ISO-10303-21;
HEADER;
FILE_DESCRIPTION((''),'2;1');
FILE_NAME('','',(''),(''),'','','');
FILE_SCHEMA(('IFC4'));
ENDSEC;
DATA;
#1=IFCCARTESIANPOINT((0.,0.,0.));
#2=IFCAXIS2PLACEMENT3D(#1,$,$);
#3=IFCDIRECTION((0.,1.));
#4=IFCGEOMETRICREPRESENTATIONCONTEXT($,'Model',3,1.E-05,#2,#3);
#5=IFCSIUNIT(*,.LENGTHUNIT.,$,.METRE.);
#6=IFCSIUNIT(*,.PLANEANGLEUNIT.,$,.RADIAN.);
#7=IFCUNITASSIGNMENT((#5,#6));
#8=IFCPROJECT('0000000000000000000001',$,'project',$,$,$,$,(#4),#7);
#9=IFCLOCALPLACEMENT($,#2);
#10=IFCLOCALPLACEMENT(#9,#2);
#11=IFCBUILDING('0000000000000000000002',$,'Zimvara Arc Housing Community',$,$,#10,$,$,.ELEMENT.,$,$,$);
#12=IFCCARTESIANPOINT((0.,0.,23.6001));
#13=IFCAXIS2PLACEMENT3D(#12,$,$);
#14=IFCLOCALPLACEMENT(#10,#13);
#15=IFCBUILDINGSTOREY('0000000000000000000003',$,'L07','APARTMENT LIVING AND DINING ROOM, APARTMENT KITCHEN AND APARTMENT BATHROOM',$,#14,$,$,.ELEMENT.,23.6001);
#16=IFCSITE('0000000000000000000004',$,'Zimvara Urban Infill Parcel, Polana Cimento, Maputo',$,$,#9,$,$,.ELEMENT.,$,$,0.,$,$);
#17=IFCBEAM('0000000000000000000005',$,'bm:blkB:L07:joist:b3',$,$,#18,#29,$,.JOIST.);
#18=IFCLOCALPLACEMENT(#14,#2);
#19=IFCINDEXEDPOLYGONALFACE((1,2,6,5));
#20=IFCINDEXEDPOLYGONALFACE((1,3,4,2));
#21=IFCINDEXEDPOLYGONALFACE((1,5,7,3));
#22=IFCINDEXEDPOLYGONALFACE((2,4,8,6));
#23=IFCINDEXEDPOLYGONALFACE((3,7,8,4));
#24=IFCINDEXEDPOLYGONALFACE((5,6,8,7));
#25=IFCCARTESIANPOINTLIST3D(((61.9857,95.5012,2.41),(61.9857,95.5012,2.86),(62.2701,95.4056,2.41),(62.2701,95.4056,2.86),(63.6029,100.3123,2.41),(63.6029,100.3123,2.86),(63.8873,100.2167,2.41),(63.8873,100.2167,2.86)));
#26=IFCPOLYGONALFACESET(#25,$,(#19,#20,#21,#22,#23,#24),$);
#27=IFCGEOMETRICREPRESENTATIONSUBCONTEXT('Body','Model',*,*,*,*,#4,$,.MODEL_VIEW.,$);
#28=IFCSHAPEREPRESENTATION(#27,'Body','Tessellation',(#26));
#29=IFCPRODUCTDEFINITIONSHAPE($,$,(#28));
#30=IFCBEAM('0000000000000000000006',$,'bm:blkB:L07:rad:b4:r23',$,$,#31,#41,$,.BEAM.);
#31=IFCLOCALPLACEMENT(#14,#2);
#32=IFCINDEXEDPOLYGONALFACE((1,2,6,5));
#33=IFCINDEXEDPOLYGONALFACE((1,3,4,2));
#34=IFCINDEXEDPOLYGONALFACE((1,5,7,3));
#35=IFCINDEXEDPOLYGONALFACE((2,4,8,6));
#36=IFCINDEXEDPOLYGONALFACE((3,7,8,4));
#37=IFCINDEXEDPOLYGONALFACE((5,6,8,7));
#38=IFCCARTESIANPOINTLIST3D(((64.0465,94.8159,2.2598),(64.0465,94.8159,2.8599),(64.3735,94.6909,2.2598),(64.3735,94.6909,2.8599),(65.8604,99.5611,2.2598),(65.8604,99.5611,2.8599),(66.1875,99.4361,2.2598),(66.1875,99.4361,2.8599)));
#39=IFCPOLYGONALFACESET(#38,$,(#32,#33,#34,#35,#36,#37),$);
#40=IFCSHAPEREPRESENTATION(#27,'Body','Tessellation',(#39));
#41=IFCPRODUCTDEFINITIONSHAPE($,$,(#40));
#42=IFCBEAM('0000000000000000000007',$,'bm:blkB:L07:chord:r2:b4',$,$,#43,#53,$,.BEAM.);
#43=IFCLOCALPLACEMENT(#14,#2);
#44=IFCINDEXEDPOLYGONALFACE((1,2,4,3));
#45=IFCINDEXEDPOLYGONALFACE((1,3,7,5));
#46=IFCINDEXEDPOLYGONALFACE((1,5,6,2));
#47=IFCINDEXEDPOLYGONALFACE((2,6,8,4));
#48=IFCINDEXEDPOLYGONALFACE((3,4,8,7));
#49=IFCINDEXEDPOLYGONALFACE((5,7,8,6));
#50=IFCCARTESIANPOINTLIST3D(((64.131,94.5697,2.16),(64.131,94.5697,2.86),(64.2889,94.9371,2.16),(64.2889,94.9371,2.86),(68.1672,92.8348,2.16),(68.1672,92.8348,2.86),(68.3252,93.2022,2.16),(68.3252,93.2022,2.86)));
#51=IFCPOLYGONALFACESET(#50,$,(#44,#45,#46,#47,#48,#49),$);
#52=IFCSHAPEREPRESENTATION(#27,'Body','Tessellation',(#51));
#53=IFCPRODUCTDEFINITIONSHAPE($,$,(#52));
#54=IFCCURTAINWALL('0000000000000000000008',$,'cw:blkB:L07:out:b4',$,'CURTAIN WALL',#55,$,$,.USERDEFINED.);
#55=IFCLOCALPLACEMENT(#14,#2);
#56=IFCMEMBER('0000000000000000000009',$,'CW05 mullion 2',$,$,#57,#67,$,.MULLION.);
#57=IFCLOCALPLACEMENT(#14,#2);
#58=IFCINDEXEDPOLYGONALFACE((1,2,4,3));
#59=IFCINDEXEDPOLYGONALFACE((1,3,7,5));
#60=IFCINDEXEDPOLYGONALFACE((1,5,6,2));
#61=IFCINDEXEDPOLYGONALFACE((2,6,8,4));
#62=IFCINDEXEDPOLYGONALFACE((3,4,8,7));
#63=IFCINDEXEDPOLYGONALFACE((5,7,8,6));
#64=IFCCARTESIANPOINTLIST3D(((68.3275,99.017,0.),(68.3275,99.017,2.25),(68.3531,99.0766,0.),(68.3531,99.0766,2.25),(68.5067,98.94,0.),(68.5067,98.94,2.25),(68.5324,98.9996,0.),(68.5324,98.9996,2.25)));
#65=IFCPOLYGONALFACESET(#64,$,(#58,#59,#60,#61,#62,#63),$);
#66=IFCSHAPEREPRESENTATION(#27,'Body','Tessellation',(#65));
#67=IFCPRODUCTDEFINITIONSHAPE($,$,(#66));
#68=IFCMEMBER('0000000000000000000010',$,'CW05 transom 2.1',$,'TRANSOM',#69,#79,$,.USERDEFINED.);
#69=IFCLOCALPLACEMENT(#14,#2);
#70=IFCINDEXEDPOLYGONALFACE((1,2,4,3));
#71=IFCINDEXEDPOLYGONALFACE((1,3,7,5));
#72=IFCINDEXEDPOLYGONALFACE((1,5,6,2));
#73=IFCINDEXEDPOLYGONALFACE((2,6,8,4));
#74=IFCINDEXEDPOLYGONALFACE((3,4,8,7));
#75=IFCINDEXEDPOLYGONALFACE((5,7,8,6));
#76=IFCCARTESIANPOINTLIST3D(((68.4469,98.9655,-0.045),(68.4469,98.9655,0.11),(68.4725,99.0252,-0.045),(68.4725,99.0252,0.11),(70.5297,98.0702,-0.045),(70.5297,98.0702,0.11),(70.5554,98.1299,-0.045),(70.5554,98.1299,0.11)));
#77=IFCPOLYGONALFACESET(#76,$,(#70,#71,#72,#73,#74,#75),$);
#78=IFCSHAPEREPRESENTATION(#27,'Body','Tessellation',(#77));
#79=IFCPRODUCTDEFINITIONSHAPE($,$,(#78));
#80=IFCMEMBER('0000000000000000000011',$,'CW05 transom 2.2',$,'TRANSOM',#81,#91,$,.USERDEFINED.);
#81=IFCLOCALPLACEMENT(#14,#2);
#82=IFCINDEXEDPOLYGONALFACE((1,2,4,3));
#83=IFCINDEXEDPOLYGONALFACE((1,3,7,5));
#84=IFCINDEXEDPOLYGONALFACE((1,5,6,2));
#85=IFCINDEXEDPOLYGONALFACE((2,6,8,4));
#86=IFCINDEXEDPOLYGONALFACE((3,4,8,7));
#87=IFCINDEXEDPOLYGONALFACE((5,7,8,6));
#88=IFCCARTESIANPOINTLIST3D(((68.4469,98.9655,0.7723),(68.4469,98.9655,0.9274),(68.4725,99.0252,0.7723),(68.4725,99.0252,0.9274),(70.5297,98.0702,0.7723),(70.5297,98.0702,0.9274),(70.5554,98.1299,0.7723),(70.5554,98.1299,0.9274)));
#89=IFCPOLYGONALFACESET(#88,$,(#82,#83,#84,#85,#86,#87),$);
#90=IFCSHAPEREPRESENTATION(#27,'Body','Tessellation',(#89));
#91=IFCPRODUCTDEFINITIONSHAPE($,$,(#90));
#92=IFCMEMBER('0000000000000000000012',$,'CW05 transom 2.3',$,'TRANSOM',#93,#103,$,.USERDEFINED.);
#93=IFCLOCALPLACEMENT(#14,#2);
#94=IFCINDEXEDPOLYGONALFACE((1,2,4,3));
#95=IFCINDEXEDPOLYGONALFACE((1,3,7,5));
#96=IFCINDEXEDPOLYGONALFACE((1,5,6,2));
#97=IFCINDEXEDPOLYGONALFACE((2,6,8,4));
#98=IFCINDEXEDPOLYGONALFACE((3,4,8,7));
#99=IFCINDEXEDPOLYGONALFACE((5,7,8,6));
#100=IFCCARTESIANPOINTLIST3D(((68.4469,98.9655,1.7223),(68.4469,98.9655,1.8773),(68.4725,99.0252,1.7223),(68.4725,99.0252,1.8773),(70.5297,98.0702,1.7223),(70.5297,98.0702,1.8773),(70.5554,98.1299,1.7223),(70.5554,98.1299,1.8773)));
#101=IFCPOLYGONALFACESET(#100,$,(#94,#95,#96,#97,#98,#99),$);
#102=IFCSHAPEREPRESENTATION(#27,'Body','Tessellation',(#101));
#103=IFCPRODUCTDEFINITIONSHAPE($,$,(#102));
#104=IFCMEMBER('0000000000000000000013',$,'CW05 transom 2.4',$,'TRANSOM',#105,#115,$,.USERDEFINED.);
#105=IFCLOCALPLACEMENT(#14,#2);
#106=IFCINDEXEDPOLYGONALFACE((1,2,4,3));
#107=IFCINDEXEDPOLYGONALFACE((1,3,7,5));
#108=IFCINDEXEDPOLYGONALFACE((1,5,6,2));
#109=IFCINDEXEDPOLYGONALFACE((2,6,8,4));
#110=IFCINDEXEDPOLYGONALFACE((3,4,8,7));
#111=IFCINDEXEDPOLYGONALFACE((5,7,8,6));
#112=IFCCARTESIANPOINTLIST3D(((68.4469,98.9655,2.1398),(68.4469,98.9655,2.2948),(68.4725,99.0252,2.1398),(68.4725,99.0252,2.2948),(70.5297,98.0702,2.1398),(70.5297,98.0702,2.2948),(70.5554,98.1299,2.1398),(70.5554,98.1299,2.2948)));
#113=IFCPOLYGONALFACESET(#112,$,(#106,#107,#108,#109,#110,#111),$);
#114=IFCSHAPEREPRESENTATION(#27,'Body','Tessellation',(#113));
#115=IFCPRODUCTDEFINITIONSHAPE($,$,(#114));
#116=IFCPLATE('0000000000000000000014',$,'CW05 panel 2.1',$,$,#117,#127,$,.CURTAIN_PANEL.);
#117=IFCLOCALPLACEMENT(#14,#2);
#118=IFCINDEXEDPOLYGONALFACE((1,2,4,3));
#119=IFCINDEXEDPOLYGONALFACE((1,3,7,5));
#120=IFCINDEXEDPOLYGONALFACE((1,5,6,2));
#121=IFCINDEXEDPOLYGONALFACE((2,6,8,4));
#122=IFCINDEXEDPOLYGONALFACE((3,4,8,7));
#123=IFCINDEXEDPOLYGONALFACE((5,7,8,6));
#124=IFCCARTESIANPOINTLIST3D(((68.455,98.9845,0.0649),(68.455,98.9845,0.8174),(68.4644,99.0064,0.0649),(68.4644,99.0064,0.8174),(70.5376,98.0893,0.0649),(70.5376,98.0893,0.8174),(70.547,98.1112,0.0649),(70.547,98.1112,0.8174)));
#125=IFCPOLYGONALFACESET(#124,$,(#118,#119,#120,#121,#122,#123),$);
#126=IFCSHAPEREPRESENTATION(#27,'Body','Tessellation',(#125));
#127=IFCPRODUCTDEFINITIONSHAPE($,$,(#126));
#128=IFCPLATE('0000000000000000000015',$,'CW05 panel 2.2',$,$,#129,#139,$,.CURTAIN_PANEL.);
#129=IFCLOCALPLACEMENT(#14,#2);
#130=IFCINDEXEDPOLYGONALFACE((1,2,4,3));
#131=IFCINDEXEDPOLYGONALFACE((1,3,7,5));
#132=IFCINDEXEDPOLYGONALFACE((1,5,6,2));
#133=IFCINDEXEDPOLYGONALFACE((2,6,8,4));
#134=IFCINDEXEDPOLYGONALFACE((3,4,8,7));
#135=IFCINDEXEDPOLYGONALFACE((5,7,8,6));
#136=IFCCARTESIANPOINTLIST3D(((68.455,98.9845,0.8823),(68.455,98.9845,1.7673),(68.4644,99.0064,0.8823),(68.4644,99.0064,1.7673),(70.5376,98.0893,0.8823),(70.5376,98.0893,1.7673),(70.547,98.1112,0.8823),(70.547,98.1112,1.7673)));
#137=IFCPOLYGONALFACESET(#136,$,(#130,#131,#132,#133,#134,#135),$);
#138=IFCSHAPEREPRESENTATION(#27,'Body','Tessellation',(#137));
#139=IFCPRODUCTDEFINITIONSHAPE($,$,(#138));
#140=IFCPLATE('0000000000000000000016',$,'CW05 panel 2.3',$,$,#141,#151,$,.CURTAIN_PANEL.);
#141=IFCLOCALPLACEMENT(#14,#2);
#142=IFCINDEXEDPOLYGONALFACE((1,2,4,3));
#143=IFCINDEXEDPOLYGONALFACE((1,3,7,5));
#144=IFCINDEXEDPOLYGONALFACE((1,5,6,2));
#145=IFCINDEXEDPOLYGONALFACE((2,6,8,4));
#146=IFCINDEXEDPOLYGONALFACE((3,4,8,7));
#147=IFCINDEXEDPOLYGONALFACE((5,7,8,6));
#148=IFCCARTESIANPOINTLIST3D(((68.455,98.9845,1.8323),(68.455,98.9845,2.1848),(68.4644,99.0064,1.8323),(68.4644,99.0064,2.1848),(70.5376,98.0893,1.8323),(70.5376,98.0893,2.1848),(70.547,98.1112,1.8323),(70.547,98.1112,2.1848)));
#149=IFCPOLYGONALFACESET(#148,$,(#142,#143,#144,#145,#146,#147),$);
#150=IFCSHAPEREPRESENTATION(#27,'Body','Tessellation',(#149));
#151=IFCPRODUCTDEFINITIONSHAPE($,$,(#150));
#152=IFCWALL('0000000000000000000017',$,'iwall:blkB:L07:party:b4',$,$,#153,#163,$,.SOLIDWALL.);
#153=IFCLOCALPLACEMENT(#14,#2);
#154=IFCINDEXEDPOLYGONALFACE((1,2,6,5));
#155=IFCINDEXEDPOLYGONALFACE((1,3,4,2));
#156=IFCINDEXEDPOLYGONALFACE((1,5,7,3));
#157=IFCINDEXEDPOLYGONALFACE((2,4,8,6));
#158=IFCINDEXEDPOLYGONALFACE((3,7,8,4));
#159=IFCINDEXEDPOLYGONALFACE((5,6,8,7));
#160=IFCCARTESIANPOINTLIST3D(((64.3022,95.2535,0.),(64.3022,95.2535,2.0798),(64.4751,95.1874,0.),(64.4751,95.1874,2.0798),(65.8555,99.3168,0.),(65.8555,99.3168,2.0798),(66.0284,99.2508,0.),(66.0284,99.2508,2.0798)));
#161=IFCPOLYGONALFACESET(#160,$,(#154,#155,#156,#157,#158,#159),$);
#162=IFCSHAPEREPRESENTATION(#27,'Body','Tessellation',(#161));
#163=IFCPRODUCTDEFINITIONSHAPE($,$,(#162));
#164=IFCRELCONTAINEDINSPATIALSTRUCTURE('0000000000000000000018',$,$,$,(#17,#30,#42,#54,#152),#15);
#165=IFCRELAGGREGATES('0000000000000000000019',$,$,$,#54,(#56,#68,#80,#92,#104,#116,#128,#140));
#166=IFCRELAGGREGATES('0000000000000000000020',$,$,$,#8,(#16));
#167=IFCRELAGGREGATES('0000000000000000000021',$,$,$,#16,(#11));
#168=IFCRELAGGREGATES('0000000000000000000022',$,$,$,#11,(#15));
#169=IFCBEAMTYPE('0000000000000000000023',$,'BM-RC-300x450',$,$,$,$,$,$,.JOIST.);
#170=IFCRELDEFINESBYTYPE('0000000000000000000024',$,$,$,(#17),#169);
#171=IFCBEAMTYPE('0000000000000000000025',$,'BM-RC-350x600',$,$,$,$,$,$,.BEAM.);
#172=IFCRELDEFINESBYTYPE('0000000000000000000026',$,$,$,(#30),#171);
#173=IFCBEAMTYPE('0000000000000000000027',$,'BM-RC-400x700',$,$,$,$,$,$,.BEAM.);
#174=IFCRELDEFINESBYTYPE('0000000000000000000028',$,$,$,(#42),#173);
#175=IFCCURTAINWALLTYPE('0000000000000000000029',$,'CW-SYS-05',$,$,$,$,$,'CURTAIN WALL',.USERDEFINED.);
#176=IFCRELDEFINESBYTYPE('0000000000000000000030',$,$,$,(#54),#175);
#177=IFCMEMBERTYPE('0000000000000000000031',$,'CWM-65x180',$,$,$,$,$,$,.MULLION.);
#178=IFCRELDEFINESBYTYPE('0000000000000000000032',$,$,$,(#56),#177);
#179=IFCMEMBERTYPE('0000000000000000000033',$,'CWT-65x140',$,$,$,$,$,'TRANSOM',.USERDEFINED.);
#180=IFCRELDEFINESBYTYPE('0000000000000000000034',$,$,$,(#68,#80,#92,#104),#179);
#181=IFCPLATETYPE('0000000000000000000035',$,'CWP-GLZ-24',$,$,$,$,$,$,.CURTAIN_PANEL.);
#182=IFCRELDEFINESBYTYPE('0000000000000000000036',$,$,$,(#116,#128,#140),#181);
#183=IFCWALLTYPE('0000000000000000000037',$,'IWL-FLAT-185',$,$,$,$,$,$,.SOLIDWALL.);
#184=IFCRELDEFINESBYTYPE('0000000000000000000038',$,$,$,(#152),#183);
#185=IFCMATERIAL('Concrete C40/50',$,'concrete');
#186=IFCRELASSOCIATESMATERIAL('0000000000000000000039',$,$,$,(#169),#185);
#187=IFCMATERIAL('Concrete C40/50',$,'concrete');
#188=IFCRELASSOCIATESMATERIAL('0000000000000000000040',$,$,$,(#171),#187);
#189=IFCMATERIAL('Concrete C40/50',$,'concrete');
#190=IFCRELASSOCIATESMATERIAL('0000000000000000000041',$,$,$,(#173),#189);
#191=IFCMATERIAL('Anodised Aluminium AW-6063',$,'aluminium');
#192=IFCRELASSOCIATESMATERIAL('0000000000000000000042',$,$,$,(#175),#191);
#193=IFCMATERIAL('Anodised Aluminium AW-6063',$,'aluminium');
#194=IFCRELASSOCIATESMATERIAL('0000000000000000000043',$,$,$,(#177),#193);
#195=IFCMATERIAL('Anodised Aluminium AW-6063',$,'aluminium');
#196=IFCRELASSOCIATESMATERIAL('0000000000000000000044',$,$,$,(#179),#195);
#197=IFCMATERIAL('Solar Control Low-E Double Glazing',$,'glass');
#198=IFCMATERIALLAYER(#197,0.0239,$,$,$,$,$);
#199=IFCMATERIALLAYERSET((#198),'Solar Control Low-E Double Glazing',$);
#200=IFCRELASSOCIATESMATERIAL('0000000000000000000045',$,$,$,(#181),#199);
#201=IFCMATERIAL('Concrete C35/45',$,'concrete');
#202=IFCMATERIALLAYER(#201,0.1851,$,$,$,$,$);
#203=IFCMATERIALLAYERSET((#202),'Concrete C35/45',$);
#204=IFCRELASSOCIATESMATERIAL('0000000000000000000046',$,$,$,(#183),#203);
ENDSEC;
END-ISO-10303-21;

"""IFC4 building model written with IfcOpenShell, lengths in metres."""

from ifc_helpers import new_model, si_unit, direction, frame, frame_2d, origin, origin_2d, place, context, subcontext, project, spatial, rectangle, extrude, material, layer, layer_set, material_profile, profile_set, type_object, element, aggregate, save


model = new_model("IFC4")

# Units and contexts
model_context = context("Model", 3, precision=1e-05, world=origin(), true_north=direction((0.0, 1.0)))
body_context = subcontext(model_context, "Body", "Model", "MODEL_VIEW")
ifc_project = project(units=[si_unit("LENGTHUNIT", "METRE"), si_unit("PLANEANGLEUNIT", "RADIAN")], contexts=[model_context])

# Site, building, storey
site_placement = place(None, origin())
site = spatial("IfcSite", under=ifc_project, at=site_placement, Name="Zimvara Urban Infill Parcel, Polana Cimento, Maputo", CompositionType="ELEMENT", RefElevation=0.0)
building_placement = place(site_placement, origin())
building = spatial("IfcBuilding", under=site, at=building_placement, Name="Zimvara Arc Housing Community", CompositionType="ELEMENT")
storey_placement = place(building_placement, frame((0.0, 0.0, 23.6001)))
storey = spatial("IfcBuildingStorey", under=building, at=storey_placement, Name="L07", Description="APARTMENT LIVING AND DINING ROOM, APARTMENT KITCHEN AND APARTMENT BATHROOM", CompositionType="ELEMENT", Elevation=23.6001)

# Beams
ifc_material_1 = material(Name="Concrete C40/50", Category="concrete")
ifc_material_profile_1 = material_profile(ifc_material_1, rectangle(XDim=0.3, YDim=0.45, at=origin_2d()), Name="RC 300x450")
ifc_profile_set_1 = profile_set([ifc_material_profile_1], Name="Concrete C40/50")
beam_type_1 = type_object("IfcBeamType", Name="BM-RC-300x450", PredefinedType="JOIST", material=ifc_profile_set_1)
beam_1_placement = place(storey_placement, frame((62.1279, 95.4534, 2.635), z_axis=(0.318608, 0.947887, 0.0), x_axis=(-0.947887, 0.318608, 0.0)))
element("IfcBeam", 1, at=beam_1_placement, inside=storey, type_object=beam_type_1, Name="bm:blkB:L07:joist:b3", PredefinedType="JOIST", context=body_context, shape_type="SweptSolid", body=[
    extrude(rectangle(XDim=0.3, YDim=0.45, at=origin_2d()), origin(), (0.0, 0.0, 1.0), 5.0757),
])
ifc_material_2 = material(Name="Concrete C40/50", Category="concrete")
ifc_material_profile_2 = material_profile(ifc_material_2, rectangle(XDim=0.3501, YDim=0.6001, at=origin_2d()), Name="RC 350x600")
ifc_profile_set_2 = profile_set([ifc_material_profile_2], Name="Concrete C40/50")
beam_type_2 = type_object("IfcBeamType", Name="BM-RC-350x600", PredefinedType="BEAM", material=ifc_profile_set_2)
beam_2_placement = place(storey_placement, frame((64.21, 94.7534, 2.5598), z_axis=(0.357078, 0.934074, 0.0), x_axis=(-0.934074, 0.357078, 0.0)))
element("IfcBeam", 2, at=beam_2_placement, inside=storey, type_object=beam_type_2, Name="bm:blkB:L07:rad:b4:r23", PredefinedType="BEAM", context=body_context, shape_type="SweptSolid", body=[
    extrude(rectangle(XDim=0.3501, YDim=0.6001, at=origin_2d()), origin(), (0.0, 0.0, 1.0), 5.0801),
])
ifc_material_3 = material(Name="Concrete C40/50", Category="concrete")
ifc_material_profile_3 = material_profile(ifc_material_3, rectangle(XDim=0.3999, YDim=0.7, at=origin_2d()), Name="RC 400x700")
ifc_profile_set_3 = profile_set([ifc_material_profile_3], Name="Concrete C40/50")
beam_type_3 = type_object("IfcBeamType", Name="BM-RC-400x700", PredefinedType="BEAM", material=ifc_profile_set_3)
beam_3_placement = place(storey_placement, frame((64.21, 94.7534, 2.51), z_axis=(0.918725, -0.394898, 0.0), x_axis=(0.394898, 0.918725, 0.0)))
element("IfcBeam", 3, at=beam_3_placement, inside=storey, type_object=beam_type_3, Name="bm:blkB:L07:chord:r2:b4", PredefinedType="BEAM", context=body_context, shape_type="SweptSolid", body=[
    extrude(rectangle(XDim=0.3999, YDim=0.7, at=origin_2d()), origin(), (0.0, 0.0, 1.0), 4.3933),
])

# Curtain wall, members, plates
ifc_material_4 = material(Name="Anodised Aluminium AW-6063", Category="aluminium")
curtain_wall_type = type_object("IfcCurtainWallType", Name="CW-SYS-05", ElementType="CURTAIN WALL", PredefinedType="USERDEFINED", material=ifc_material_4)
curtain_wall_placement = place(storey_placement, origin())
curtain_wall = element("IfcCurtainWall", 4, at=curtain_wall_placement, inside=storey, type_object=curtain_wall_type, Name="cw:blkB:L07:out:b4", ObjectType="CURTAIN WALL", PredefinedType="USERDEFINED")
ifc_material_5 = material(Name="Anodised Aluminium AW-6063", Category="aluminium")
ifc_material_profile_4 = material_profile(ifc_material_5, rectangle(XDim=0.0649, YDim=0.1951, at=origin_2d()), Name="ALU 65x195")
ifc_profile_set_4 = profile_set([ifc_material_profile_4], Name="Anodised Aluminium AW-6063")
member_type_1 = type_object("IfcMemberType", Name="CWM-65x180", PredefinedType="MULLION", material=ifc_profile_set_4)
member_1_placement = place(storey_placement, frame((68.4299, 99.0083, 0.0), z_axis=(0.0, 0.0, 1.0), x_axis=(0.394904, 0.918722, 0.0)))
member_1 = element("IfcMember", 5, at=member_1_placement, type_object=member_type_1, Name="CW05 mullion 2", PredefinedType="MULLION", context=body_context, shape_type="SweptSolid", body=[
    extrude(rectangle(XDim=0.0649, YDim=0.1951, at=origin_2d()), origin(), (0.0, 0.0, 1.0), 2.25),
])
ifc_material_6 = material(Name="Anodised Aluminium AW-6063", Category="aluminium")
ifc_material_profile_5 = material_profile(ifc_material_6, rectangle(XDim=0.0649, YDim=0.155, at=origin_2d()), Name="ALU 65x155")
ifc_profile_set_5 = profile_set([ifc_material_profile_5], Name="Anodised Aluminium AW-6063")
member_type_2 = type_object("IfcMemberType", Name="CWT-65x140", ElementType="TRANSOM", PredefinedType="USERDEFINED", material=ifc_profile_set_5)
member_2_placement = place(storey_placement, frame((68.4597, 98.9954, 0.0325), z_axis=(0.918721, -0.394907, 0.0), x_axis=(0.394907, 0.918721, 0.0)))
member_2 = element("IfcMember", 6, at=member_2_placement, type_object=member_type_2, Name="CW05 transom 2.1", ObjectType="TRANSOM", PredefinedType="USERDEFINED", context=body_context, shape_type="SweptSolid", body=[
    extrude(rectangle(XDim=0.0649, YDim=0.155, at=origin_2d()), origin(), (0.0, 0.0, 1.0), 2.2671),
])
member_3_placement = place(storey_placement, frame((68.4597, 98.9954, 0.8499), z_axis=(0.918721, -0.394907, 0.0), x_axis=(0.394907, 0.918721, 0.0)))
member_3 = element("IfcMember", 7, at=member_3_placement, type_object=member_type_2, Name="CW05 transom 2.2", ObjectType="TRANSOM", PredefinedType="USERDEFINED", context=body_context, shape_type="SweptSolid", body=[
    extrude(rectangle(XDim=0.0649, YDim=0.155, at=origin_2d()), origin(), (0.0, 0.0, 1.0), 2.2671),
])
member_4_placement = place(storey_placement, frame((68.4597, 98.9954, 1.7998), z_axis=(0.918721, -0.394907, 0.0), x_axis=(0.394907, 0.918721, 0.0)))
member_4 = element("IfcMember", 8, at=member_4_placement, type_object=member_type_2, Name="CW05 transom 2.3", ObjectType="TRANSOM", PredefinedType="USERDEFINED", context=body_context, shape_type="SweptSolid", body=[
    extrude(rectangle(XDim=0.0649, YDim=0.155, at=origin_2d()), origin(), (0.0, 0.0, 1.0), 2.2671),
])
member_5_placement = place(storey_placement, frame((68.4597, 98.9954, 2.2173), z_axis=(0.918721, -0.394907, 0.0), x_axis=(0.394907, 0.918721, 0.0)))
member_5 = element("IfcMember", 9, at=member_5_placement, type_object=member_type_2, Name="CW05 transom 2.4", ObjectType="TRANSOM", PredefinedType="USERDEFINED", context=body_context, shape_type="SweptSolid", body=[
    extrude(rectangle(XDim=0.0649, YDim=0.155, at=origin_2d()), origin(), (0.0, 0.0, 1.0), 2.2671),
])
ifc_material_7 = material(Name="Solar Control Low-E Double Glazing", Category="glass")
ifc_layer_1 = layer(ifc_material_7, 0.0239)
ifc_layer_set_1 = layer_set([ifc_layer_1], Name="Solar Control Low-E Double Glazing")
plate_type = type_object("IfcPlateType", Name="CWP-GLZ-24", PredefinedType="CURTAIN_PANEL", material=ifc_layer_set_1)
plate_1_placement = place(storey_placement, frame((69.501, 98.5479, 0.0649), z_axis=(0.0, 0.0, 1.0), x_axis=(0.918722, -0.394904, 0.0)))
plate_1 = element("IfcPlate", 10, at=plate_1_placement, type_object=plate_type, Name="CW05 panel 2.1", PredefinedType="CURTAIN_PANEL", context=body_context, shape_type="SweptSolid", body=[
    extrude(rectangle(XDim=2.2668, YDim=0.0239, at=origin_2d()), origin(), (0.0, 0.0, 1.0), 0.7524),
])
plate_2_placement = place(storey_placement, frame((69.501, 98.5479, 0.8823), z_axis=(0.0, 0.0, 1.0), x_axis=(0.918722, -0.394904, 0.0)))
plate_2 = element("IfcPlate", 11, at=plate_2_placement, type_object=plate_type, Name="CW05 panel 2.2", PredefinedType="CURTAIN_PANEL", context=body_context, shape_type="SweptSolid", body=[
    extrude(rectangle(XDim=2.2668, YDim=0.0239, at=origin_2d()), origin(), (0.0, 0.0, 1.0), 0.885),
])
plate_3_placement = place(storey_placement, frame((69.501, 98.5479, 1.8323), z_axis=(0.0, 0.0, 1.0), x_axis=(0.918722, -0.394904, 0.0)))
plate_3 = element("IfcPlate", 12, at=plate_3_placement, type_object=plate_type, Name="CW05 panel 2.3", PredefinedType="CURTAIN_PANEL", context=body_context, shape_type="SweptSolid", body=[
    extrude(rectangle(XDim=2.2668, YDim=0.0239, at=origin_2d()), origin(), (0.0, 0.0, 1.0), 0.3525),
])
aggregate(curtain_wall, [member_1, member_2, member_3, member_4, member_5, plate_1, plate_2, plate_3])

# Wall
ifc_material_8 = material(Name="Concrete C35/45", Category="concrete")
ifc_layer_2 = layer(ifc_material_8, 0.1851)
ifc_layer_set_2 = layer_set([ifc_layer_2], Name="Concrete C35/45")
wall_type_1 = type_object("IfcWallType", Name="IWL-FLAT-185", PredefinedType="SOLIDWALL", material=ifc_layer_set_2)
wall_1_placement = place(storey_placement, frame((64.3887, 95.2205, 0.0), z_axis=(0.0, 0.0, 1.0), x_axis=(0.357064, 0.93408, 0.0)))
element("IfcWall", 13, at=wall_1_placement, inside=storey, type_object=wall_type_1, Name="iwall:blkB:L07:party:b4", PredefinedType="SOLIDWALL", context=body_context, shape_type="SweptSolid", body=[
    extrude(rectangle(XDim=4.3501, YDim=0.1851, at=frame_2d((2.175, 0.0))), origin(), (0.0, 0.0, 1.0), 2.0798),
])

save(model, "model.ifc")
